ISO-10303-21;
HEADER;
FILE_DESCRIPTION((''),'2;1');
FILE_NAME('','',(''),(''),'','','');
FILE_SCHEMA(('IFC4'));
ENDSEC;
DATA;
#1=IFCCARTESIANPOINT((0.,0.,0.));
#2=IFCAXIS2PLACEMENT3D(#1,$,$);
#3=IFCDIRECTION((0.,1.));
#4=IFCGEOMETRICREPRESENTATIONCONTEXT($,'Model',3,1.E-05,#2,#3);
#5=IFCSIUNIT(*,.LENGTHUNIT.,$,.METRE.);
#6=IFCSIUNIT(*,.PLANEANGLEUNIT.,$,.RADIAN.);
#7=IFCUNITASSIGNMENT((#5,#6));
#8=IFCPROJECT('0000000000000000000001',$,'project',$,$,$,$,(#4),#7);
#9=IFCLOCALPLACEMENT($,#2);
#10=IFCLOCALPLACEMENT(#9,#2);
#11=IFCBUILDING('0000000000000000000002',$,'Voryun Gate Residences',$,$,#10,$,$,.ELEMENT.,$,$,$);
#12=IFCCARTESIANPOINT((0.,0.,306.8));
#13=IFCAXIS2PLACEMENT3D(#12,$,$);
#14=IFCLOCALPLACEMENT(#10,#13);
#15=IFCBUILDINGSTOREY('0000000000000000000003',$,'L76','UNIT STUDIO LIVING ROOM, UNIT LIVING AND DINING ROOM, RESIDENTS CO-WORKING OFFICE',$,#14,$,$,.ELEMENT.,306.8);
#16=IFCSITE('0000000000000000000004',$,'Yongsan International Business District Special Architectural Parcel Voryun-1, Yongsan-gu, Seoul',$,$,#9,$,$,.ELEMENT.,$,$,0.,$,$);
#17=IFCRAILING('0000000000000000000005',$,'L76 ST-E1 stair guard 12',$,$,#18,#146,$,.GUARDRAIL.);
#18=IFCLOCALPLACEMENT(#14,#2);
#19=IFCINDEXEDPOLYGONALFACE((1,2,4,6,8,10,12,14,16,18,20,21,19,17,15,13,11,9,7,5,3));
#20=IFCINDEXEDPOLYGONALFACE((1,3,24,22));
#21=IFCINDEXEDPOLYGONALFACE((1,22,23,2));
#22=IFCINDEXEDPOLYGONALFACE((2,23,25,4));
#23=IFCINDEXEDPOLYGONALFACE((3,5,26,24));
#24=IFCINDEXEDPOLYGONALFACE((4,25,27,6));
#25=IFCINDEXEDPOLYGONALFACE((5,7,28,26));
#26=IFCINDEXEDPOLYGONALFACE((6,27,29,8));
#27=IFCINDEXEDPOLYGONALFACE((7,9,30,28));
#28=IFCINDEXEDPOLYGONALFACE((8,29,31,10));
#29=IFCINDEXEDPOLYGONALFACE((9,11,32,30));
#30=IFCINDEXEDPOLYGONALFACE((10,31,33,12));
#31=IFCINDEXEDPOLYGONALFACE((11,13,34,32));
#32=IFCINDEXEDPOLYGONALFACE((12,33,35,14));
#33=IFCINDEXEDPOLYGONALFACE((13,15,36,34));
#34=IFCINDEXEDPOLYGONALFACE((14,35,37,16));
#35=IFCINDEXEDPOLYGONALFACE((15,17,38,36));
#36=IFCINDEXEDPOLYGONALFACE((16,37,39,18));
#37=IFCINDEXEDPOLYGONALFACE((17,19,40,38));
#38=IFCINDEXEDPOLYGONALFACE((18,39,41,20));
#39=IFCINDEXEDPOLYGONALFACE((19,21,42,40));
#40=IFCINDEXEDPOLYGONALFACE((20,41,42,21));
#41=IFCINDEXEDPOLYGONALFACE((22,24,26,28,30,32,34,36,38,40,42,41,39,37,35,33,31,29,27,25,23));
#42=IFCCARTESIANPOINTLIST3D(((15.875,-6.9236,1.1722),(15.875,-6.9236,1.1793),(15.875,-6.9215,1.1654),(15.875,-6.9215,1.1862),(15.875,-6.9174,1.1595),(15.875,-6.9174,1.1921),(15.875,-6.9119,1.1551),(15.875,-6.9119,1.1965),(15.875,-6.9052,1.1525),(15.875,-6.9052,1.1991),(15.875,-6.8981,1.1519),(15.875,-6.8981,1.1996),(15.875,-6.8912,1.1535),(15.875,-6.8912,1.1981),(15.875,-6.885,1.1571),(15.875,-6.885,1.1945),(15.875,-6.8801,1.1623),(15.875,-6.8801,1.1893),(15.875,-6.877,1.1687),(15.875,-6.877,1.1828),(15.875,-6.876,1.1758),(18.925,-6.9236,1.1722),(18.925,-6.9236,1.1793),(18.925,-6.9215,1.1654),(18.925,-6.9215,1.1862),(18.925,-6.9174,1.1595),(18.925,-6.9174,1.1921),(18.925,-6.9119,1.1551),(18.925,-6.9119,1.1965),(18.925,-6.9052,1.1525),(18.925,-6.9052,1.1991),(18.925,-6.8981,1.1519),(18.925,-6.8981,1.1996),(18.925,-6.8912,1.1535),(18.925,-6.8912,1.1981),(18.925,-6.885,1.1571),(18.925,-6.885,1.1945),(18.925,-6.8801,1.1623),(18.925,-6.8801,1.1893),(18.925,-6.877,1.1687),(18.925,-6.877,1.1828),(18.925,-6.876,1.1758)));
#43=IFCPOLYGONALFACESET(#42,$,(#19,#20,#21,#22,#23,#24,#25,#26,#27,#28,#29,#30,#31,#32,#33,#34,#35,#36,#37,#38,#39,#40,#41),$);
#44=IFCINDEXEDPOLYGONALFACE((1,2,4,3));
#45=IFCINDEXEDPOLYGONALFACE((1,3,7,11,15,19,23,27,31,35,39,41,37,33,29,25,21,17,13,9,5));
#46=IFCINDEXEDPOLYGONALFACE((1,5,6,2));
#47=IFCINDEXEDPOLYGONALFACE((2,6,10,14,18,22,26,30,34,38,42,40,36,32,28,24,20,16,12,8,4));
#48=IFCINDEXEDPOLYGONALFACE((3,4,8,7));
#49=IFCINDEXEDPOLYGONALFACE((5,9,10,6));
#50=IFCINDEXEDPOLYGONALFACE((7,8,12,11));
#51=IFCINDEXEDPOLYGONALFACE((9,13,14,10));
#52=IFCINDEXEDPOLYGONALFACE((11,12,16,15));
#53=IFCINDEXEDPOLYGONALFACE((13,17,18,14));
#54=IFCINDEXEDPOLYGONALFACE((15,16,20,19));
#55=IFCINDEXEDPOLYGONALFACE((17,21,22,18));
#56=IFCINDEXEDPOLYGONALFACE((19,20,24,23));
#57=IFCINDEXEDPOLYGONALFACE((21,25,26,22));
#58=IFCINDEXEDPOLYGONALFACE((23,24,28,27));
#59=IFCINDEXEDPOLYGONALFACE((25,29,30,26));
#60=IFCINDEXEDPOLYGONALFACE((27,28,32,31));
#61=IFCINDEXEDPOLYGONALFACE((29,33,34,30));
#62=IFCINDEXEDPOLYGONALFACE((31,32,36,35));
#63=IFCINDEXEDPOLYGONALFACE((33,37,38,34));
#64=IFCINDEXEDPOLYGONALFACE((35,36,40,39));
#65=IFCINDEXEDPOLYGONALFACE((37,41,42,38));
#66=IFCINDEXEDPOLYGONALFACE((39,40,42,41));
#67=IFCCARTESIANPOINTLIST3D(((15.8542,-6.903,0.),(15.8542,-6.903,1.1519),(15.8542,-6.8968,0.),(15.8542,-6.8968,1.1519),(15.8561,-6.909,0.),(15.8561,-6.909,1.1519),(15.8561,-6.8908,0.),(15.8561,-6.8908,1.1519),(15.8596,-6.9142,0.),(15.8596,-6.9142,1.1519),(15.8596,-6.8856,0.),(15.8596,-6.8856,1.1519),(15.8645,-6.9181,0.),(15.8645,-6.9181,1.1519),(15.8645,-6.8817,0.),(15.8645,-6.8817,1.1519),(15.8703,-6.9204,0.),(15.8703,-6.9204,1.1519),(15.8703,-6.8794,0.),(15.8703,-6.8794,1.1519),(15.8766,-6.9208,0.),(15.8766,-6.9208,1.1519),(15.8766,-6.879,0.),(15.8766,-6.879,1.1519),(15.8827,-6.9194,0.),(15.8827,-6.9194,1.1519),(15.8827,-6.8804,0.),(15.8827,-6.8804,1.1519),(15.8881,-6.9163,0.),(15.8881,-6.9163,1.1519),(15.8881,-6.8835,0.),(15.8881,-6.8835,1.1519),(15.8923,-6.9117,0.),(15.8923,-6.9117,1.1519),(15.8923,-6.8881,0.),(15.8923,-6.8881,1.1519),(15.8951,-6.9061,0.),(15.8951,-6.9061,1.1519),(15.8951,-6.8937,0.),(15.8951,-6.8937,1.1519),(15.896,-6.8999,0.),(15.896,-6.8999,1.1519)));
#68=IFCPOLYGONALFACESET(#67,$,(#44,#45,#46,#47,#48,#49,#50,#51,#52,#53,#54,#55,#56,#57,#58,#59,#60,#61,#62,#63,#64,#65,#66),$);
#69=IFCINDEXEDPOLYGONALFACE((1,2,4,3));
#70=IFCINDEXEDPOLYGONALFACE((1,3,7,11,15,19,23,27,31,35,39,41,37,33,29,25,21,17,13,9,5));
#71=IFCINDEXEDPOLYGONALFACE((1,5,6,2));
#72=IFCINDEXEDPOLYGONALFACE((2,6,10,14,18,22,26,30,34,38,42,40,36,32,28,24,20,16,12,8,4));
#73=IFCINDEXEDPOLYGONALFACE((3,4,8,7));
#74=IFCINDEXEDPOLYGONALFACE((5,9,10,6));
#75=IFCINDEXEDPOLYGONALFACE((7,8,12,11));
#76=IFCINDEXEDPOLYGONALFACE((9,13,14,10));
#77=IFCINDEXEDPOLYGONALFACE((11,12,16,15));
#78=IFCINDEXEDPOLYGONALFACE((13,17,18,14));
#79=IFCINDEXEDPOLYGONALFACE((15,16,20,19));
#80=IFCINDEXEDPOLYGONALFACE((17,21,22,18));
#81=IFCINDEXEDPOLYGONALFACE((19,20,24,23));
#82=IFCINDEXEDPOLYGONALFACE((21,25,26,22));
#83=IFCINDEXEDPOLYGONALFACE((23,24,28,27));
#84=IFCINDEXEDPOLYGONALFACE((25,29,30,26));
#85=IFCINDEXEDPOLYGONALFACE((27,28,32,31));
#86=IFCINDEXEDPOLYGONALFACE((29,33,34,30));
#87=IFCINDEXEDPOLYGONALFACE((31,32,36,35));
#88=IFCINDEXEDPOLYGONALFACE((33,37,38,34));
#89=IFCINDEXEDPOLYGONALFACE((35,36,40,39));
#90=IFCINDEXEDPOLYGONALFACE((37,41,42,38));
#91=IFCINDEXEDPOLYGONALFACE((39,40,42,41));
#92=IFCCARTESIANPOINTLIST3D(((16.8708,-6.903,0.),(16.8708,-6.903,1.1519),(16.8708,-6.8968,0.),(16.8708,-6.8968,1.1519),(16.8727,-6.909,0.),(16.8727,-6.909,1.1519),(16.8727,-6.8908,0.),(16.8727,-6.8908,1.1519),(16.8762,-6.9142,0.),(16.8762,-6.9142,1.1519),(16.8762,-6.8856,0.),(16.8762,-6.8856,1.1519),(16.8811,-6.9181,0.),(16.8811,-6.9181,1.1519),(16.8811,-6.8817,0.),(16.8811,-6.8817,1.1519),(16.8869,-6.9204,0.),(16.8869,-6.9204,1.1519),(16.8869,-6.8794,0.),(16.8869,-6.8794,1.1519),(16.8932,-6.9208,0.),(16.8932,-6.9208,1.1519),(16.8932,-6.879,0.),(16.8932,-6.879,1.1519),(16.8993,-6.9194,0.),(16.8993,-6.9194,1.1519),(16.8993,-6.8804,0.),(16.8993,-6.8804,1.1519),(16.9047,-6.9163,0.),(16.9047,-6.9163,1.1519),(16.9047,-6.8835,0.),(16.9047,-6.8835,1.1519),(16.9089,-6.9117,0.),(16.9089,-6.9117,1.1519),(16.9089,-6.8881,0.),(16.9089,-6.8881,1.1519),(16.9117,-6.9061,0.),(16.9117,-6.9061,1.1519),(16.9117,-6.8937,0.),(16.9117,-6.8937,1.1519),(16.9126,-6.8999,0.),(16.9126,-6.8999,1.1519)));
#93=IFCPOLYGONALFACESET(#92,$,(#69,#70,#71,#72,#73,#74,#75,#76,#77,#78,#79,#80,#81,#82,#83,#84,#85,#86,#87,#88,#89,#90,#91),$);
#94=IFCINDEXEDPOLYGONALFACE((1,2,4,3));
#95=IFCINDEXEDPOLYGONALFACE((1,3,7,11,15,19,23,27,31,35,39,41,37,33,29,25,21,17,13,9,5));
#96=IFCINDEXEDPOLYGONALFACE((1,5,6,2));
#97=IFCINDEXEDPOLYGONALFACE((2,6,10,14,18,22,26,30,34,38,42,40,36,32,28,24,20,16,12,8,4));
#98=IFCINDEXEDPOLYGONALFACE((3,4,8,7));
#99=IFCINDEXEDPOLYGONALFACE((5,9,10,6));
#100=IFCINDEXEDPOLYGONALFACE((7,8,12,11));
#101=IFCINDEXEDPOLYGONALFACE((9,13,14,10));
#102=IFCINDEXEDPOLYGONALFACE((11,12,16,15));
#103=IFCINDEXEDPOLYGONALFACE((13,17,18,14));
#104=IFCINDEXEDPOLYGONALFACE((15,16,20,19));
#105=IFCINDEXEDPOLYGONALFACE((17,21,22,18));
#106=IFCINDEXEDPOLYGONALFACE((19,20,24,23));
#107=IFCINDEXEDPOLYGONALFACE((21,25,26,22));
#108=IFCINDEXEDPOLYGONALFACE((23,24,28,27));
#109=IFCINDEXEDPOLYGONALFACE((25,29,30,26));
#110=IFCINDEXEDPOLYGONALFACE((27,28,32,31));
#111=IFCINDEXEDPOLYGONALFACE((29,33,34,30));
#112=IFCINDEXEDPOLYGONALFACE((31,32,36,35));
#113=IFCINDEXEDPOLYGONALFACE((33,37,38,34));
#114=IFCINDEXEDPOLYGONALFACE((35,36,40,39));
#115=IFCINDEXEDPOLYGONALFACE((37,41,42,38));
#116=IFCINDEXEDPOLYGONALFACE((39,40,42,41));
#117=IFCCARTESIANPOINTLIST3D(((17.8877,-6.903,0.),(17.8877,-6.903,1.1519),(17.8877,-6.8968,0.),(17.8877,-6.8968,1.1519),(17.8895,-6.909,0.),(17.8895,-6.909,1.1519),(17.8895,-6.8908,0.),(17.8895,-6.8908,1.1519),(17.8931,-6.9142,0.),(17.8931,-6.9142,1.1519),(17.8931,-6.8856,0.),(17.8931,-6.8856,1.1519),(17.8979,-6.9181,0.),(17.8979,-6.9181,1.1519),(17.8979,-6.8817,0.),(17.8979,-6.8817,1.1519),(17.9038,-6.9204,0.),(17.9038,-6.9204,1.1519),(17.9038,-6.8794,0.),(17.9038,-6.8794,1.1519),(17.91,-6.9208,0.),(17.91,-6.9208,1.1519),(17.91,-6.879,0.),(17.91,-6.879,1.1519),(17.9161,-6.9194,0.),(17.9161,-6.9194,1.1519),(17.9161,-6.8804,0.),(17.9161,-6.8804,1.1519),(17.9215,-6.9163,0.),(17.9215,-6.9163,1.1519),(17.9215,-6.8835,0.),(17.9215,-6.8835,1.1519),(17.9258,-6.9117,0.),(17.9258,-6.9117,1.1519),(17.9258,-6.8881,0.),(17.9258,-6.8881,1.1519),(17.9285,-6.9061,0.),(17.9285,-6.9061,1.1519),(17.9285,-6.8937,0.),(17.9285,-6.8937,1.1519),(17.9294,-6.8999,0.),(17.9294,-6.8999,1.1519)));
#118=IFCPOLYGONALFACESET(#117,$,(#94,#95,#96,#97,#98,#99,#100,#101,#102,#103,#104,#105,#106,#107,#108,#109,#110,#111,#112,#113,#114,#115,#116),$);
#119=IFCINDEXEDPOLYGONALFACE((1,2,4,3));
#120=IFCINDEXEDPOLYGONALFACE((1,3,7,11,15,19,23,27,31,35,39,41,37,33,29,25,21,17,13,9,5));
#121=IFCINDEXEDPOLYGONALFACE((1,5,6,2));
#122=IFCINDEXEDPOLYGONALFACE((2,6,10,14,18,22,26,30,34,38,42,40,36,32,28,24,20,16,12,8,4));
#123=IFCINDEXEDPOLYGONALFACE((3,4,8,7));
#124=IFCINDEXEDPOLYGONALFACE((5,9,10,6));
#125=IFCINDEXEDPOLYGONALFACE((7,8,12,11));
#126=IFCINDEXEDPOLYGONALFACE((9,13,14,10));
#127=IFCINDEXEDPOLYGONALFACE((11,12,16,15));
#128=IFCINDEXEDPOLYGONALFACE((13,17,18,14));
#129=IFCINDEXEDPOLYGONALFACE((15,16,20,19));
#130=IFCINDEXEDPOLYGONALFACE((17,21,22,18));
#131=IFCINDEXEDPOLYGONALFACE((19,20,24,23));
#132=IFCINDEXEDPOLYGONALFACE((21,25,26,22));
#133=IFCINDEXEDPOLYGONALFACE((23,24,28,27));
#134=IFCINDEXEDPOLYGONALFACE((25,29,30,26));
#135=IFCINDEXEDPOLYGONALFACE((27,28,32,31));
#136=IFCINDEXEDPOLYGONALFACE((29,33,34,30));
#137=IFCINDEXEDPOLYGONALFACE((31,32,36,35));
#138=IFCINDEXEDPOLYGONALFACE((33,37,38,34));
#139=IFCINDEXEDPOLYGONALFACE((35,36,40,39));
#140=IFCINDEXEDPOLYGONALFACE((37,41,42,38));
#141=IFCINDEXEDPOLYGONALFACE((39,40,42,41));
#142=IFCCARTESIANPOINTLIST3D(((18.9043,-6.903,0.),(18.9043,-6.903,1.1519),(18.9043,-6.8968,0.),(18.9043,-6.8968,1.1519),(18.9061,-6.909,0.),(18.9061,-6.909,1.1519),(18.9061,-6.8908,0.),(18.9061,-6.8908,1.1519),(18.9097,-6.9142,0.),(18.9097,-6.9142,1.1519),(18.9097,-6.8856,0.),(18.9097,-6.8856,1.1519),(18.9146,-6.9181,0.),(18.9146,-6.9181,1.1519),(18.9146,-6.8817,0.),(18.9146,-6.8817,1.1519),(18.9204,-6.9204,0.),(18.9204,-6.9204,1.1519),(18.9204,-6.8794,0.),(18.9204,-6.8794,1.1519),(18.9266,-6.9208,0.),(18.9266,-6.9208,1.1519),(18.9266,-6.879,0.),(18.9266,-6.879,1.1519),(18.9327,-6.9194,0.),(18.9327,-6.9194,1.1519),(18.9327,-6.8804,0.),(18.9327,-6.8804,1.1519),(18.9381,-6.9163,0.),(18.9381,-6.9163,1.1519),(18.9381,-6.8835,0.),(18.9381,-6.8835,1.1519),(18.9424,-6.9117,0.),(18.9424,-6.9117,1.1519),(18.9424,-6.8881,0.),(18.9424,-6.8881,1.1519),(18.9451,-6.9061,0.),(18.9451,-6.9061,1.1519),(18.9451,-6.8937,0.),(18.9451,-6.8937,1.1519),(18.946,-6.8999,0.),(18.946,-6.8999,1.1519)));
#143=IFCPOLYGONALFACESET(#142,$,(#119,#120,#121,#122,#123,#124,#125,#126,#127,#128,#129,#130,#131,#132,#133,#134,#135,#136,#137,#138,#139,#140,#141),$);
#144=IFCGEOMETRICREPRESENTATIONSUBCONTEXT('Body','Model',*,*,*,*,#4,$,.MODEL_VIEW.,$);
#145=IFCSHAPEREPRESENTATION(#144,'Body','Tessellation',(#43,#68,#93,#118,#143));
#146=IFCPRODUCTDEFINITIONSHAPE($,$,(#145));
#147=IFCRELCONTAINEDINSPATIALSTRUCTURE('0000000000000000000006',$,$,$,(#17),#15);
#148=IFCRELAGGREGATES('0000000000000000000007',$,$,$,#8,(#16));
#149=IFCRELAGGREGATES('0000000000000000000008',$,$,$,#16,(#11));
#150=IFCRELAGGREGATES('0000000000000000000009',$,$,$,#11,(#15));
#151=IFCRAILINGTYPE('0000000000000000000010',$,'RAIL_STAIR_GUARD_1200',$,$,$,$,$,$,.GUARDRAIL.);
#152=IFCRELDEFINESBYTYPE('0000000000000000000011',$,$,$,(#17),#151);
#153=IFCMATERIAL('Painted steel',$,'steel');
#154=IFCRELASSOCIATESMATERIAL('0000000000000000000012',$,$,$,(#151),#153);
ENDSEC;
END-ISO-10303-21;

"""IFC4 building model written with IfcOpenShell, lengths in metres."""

from ifc_helpers import new_model, si_unit, direction, frame, origin, origin_2d, place, context, subcontext, project, spatial, circle, extrude, material, type_object, element, save


model = new_model("IFC4")

# Units and contexts
model_context = context("Model", 3, precision=1e-05, world=origin(), true_north=direction((0.0, 1.0)))
body_context = subcontext(model_context, "Body", "Model", "MODEL_VIEW")
ifc_project = project(units=[si_unit("LENGTHUNIT", "METRE"), si_unit("PLANEANGLEUNIT", "RADIAN")], contexts=[model_context])

# Site, building, storey
site_placement = place(None, origin())
site = spatial("IfcSite", under=ifc_project, at=site_placement, Name="Yongsan International Business District Special Architectural Parcel Voryun-1, Yongsan-gu, Seoul", CompositionType="ELEMENT", RefElevation=0.0)
building_placement = place(site_placement, origin())
building = spatial("IfcBuilding", under=site, at=building_placement, Name="Voryun Gate Residences", CompositionType="ELEMENT")
storey_placement = place(building_placement, frame((0.0, 0.0, 306.8)))
storey = spatial("IfcBuildingStorey", under=building, at=storey_placement, Name="L76", Description="UNIT STUDIO LIVING ROOM, UNIT LIVING AND DINING ROOM, RESIDENTS CO-WORKING OFFICE", CompositionType="ELEMENT", Elevation=306.8)

# Railing
ifc_material_1 = material(Name="Painted steel", Category="steel")
railing_type_1 = type_object("IfcRailingType", Name="RAIL_STAIR_GUARD_1200", PredefinedType="GUARDRAIL", material=ifc_material_1)
railing_1_placement = place(storey_placement, frame((15.875, -6.8999, 0.0)))
element("IfcRailing", 1, at=railing_1_placement, inside=storey, type_object=railing_type_1, Name="L76 ST-E1 stair guard 12", PredefinedType="GUARDRAIL", context=body_context, shape_type="SweptSolid", body=[
    extrude(circle(Radius=0.0239, at=origin_2d()), frame((0.0, 0.0, 1.1758), z_axis=(1.0, 0.0, 0.0), x_axis=(0.0, 1.0, 0.0)), (0.0, 0.0, 1.0), 3.05),
    extrude(circle(Radius=0.021, at=origin_2d()), origin(), (0.0, 0.0, 1.0), 1.1519),
    extrude(circle(Radius=0.021, at=origin_2d()), frame((1.0166, 0.0, 0.0)), (0.0, 0.0, 1.0), 1.1519),
    extrude(circle(Radius=0.021, at=origin_2d()), frame((2.0334, 0.0, 0.0)), (0.0, 0.0, 1.0), 1.1519),
    extrude(circle(Radius=0.021, at=origin_2d()), frame((3.05, 0.0, 0.0)), (0.0, 0.0, 1.0), 1.1519),
])

save(model, "model.ifc")
